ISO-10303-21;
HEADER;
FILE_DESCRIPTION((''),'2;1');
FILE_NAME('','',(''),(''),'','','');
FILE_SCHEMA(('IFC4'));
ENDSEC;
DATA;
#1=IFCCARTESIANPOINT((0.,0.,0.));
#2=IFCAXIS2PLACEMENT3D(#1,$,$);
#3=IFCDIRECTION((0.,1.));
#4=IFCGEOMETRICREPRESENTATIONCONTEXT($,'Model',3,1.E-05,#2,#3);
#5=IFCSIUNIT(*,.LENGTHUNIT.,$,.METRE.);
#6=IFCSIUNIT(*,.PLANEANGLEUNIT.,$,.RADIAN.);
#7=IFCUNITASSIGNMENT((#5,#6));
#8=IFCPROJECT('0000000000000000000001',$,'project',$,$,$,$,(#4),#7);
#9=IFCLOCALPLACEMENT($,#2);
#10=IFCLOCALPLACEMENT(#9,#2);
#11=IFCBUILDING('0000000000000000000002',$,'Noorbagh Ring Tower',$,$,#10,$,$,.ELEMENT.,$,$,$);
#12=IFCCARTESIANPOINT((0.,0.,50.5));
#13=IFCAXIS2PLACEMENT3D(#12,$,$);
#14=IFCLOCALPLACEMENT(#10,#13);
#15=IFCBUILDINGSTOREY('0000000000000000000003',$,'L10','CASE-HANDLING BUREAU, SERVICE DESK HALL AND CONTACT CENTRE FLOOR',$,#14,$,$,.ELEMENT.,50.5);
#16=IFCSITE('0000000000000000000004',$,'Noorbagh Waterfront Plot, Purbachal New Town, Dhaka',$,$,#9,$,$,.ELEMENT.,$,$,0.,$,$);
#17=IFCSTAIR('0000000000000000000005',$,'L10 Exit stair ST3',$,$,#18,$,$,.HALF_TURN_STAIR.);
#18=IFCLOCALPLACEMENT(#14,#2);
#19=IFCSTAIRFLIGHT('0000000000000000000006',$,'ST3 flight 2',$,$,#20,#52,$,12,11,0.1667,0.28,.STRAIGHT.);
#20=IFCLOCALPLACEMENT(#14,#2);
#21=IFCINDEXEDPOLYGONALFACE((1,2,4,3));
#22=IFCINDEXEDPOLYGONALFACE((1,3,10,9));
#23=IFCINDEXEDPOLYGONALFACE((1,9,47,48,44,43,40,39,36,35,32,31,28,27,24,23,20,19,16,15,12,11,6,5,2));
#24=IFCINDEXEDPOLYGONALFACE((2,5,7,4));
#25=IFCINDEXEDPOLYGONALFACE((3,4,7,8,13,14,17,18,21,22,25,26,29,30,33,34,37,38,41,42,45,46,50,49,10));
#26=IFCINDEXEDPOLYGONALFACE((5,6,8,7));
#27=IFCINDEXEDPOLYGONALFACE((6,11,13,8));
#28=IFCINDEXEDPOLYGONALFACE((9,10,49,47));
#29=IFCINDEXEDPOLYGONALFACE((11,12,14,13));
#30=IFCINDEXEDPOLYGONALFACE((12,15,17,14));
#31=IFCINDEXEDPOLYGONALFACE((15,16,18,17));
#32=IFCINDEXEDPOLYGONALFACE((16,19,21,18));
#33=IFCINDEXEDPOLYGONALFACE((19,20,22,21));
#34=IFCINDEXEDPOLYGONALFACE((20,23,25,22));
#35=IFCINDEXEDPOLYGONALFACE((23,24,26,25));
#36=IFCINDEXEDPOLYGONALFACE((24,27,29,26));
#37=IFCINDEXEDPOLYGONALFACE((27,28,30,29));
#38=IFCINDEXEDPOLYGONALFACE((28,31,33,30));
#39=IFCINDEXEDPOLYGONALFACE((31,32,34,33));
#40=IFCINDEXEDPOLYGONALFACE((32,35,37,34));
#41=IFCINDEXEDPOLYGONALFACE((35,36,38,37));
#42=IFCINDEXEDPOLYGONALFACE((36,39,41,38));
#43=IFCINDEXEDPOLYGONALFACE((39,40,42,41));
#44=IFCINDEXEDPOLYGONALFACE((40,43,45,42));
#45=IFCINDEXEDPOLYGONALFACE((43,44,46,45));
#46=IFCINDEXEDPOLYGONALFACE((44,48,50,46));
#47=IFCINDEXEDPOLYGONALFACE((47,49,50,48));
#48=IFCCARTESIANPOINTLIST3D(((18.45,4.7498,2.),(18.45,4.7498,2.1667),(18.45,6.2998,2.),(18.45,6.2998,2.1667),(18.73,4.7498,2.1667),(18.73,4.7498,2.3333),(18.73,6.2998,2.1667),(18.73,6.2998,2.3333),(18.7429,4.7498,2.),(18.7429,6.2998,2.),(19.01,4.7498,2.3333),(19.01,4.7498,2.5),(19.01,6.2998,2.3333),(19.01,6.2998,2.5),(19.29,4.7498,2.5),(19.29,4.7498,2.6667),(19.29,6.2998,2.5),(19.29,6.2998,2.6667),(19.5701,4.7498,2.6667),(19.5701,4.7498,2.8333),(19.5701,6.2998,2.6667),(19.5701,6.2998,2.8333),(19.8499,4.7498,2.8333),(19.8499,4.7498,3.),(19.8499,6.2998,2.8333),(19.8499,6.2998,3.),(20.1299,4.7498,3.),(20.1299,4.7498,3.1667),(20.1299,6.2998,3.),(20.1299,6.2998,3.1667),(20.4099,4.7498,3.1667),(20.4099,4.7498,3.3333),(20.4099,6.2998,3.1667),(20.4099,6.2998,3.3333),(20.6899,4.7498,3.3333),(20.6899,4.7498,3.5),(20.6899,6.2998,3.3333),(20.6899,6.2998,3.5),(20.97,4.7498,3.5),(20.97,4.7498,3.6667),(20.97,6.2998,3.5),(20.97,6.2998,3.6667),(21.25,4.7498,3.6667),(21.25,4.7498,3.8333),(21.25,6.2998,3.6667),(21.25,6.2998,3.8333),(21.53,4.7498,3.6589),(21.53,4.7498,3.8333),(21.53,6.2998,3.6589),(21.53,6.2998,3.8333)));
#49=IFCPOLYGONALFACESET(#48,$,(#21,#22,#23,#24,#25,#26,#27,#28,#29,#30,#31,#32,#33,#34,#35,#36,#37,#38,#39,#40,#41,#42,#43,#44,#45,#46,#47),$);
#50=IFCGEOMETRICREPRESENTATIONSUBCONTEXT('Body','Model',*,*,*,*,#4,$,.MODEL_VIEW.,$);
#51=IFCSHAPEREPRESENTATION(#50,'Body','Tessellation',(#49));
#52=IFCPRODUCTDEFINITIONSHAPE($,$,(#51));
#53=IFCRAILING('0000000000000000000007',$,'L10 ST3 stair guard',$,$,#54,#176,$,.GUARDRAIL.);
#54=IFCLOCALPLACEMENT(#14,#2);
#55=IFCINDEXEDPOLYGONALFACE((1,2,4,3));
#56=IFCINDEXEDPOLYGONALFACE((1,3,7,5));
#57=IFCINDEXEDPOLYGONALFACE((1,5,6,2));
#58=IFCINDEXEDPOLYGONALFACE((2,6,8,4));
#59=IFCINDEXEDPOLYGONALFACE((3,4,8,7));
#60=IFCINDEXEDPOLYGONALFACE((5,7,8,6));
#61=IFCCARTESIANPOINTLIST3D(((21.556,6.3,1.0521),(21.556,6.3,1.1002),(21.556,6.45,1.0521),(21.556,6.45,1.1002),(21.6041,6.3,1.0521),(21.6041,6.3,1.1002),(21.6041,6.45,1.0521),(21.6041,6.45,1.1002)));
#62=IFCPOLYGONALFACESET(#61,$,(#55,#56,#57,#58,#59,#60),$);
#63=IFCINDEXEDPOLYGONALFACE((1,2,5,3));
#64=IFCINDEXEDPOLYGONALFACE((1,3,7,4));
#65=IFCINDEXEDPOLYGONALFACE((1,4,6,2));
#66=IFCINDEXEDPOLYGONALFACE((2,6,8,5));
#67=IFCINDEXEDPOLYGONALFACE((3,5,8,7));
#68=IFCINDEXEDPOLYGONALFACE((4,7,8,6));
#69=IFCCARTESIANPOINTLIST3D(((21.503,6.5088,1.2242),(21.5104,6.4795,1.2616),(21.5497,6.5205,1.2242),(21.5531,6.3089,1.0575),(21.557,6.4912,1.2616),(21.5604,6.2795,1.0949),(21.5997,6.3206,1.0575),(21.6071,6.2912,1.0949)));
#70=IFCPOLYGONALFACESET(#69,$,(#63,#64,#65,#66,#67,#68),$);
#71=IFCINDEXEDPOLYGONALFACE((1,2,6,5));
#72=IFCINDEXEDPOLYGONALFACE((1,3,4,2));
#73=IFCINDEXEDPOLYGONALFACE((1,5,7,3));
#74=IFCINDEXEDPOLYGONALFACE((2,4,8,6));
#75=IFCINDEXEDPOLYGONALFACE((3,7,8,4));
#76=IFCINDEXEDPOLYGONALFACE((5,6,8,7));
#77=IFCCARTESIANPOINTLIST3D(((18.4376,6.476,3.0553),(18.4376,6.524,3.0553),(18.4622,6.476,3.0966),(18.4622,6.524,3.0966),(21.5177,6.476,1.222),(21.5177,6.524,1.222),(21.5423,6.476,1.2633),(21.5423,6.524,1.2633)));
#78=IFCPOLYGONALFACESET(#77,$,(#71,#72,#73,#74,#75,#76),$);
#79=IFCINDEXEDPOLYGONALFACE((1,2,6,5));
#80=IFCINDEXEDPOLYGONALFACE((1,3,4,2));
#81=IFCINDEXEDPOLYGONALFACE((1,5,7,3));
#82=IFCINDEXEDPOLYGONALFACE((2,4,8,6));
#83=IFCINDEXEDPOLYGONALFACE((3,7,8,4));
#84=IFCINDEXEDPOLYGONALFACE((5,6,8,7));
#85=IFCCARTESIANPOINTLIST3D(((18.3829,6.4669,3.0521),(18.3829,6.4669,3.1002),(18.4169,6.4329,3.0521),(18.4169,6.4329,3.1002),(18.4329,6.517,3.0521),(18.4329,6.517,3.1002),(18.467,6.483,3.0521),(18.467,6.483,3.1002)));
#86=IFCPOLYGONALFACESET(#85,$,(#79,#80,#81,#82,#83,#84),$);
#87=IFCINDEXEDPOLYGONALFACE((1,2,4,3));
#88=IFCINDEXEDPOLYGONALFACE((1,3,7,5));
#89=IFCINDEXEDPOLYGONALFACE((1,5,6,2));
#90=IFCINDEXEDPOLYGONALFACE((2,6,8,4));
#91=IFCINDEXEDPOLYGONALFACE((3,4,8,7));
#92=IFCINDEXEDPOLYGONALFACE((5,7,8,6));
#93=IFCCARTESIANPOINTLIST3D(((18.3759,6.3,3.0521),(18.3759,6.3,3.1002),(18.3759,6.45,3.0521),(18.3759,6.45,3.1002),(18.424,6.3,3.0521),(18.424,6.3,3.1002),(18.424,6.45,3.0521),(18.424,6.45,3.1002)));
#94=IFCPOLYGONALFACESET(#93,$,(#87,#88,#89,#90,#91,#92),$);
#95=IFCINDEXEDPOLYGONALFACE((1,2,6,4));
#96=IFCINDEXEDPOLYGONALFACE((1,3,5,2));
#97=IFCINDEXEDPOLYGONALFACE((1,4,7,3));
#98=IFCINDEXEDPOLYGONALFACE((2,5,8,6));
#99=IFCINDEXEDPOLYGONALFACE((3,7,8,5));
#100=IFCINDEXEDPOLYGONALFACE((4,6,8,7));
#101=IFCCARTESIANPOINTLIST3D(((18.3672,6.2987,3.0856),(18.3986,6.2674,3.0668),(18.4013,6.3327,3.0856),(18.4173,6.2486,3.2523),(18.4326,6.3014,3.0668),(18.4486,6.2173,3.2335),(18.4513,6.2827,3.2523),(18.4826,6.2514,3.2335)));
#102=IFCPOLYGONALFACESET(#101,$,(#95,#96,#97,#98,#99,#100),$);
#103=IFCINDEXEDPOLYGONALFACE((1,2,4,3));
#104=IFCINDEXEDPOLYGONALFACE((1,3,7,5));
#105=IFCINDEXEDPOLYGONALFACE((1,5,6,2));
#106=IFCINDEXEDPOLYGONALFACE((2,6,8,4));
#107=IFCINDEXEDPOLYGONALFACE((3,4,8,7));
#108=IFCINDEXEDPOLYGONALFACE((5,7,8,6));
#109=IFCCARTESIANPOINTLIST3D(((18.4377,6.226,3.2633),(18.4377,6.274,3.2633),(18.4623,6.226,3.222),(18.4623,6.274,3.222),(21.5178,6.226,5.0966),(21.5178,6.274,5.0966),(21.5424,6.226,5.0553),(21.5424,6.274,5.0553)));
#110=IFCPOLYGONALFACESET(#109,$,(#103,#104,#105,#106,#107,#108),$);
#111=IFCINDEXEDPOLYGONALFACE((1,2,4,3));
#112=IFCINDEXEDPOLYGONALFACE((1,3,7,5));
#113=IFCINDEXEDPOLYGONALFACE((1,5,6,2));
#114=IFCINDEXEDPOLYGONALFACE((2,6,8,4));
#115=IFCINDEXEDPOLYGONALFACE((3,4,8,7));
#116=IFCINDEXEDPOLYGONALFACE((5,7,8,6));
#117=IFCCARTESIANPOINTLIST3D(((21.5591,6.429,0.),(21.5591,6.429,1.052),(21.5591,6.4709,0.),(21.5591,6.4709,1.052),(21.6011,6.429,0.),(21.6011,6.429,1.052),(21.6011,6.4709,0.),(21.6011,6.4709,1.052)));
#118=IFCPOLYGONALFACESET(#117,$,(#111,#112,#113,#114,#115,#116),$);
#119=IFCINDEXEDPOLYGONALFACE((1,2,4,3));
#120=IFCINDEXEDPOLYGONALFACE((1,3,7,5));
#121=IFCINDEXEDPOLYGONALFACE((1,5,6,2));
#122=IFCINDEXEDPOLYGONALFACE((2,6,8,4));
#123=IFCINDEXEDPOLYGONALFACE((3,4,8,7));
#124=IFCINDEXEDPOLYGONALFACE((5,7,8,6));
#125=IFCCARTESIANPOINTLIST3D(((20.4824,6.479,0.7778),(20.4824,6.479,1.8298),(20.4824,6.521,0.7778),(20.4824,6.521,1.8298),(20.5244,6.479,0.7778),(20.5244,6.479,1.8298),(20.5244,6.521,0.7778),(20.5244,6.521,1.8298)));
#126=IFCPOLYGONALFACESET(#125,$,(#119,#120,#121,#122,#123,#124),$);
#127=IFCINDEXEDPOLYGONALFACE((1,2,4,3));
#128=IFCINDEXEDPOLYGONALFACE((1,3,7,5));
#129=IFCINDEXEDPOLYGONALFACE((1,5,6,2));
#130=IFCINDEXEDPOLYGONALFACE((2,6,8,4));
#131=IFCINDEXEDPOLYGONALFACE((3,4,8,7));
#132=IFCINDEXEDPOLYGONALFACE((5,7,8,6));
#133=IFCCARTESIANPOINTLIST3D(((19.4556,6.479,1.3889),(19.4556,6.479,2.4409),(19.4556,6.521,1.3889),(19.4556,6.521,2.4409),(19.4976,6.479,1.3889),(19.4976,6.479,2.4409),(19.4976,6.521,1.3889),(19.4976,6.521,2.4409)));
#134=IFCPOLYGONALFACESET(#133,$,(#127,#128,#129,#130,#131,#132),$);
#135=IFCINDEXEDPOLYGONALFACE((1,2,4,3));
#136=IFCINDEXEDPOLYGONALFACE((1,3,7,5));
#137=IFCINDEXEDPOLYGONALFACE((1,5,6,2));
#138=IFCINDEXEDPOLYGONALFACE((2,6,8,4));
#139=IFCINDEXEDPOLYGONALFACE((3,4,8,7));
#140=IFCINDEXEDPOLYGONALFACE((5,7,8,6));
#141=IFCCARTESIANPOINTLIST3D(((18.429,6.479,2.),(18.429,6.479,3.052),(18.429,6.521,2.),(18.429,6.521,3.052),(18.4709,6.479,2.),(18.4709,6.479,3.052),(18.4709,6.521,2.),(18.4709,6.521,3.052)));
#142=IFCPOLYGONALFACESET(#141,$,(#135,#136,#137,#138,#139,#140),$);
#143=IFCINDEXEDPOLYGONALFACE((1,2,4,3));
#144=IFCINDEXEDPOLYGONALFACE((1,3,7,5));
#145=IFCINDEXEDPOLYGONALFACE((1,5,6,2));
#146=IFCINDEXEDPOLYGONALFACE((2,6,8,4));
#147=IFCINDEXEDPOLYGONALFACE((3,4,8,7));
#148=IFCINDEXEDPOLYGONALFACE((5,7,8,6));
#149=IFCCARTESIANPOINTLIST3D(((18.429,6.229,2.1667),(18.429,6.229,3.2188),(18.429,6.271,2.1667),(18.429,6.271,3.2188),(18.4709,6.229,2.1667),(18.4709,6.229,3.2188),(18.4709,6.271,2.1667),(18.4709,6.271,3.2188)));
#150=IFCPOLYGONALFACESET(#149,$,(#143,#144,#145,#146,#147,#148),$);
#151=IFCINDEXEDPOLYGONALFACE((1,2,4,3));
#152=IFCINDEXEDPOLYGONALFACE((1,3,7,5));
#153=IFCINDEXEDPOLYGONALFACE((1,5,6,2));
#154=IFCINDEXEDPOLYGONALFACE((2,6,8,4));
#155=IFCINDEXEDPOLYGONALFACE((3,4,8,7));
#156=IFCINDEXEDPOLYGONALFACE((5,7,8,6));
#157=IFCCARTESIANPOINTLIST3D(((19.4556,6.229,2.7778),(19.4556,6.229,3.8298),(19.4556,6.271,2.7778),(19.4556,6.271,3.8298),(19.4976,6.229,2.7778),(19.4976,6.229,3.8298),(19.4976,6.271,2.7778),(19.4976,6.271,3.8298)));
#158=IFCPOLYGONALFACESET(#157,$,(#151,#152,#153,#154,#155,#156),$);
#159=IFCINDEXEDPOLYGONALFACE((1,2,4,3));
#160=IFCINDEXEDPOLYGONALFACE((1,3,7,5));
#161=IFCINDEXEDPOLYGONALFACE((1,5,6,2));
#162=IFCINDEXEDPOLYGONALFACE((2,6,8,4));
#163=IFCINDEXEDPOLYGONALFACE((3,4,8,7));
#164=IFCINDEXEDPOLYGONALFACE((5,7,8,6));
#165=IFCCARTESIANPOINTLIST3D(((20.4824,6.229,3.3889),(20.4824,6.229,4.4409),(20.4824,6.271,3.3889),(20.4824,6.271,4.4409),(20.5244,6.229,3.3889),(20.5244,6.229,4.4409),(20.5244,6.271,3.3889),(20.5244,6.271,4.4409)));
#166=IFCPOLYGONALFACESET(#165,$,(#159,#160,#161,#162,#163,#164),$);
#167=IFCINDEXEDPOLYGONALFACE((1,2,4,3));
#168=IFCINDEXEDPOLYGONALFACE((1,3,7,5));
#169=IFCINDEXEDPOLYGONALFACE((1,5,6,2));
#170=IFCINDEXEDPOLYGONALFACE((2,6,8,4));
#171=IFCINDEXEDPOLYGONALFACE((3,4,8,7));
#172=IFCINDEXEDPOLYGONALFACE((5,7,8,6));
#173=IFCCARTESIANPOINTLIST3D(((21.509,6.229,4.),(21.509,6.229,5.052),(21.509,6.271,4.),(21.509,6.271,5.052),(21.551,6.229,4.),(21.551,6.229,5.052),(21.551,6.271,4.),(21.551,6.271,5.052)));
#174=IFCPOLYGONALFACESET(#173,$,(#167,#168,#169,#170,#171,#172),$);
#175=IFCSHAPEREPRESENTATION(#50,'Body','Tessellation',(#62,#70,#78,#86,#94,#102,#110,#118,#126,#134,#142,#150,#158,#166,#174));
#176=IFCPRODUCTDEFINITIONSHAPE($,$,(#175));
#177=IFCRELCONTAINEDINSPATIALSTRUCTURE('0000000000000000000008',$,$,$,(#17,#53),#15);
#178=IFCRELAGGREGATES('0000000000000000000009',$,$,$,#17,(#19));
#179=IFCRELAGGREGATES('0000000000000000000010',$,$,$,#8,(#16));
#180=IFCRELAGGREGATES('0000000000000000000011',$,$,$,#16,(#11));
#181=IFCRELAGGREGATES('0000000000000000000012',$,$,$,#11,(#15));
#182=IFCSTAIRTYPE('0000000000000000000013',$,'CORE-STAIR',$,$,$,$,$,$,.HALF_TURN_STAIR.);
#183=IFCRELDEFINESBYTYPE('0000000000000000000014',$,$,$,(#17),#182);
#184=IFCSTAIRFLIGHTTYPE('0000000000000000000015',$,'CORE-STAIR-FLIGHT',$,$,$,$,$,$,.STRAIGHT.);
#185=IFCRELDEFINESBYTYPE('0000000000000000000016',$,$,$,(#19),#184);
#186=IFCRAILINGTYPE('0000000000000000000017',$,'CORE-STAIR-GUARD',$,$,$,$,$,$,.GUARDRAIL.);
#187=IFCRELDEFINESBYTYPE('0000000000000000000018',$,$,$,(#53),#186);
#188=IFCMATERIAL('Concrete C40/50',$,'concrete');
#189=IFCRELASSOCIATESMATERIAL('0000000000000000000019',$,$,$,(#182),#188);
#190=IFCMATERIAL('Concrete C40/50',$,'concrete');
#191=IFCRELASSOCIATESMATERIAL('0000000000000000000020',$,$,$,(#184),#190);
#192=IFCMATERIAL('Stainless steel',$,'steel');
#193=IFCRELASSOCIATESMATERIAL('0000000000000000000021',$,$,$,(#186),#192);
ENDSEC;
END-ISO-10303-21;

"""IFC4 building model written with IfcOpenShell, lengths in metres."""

from ifc_helpers import new_model, si_unit, direction, frame, origin, origin_2d, place, context, subcontext, project, spatial, polyline, rectangle, outline, extrude, material, type_object, element, aggregate, save


model = new_model("IFC4")

# Units and contexts
model_context = context("Model", 3, precision=1e-05, world=origin(), true_north=direction((0.0, 1.0)))
body_context = subcontext(model_context, "Body", "Model", "MODEL_VIEW")
ifc_project = project(units=[si_unit("LENGTHUNIT", "METRE"), si_unit("PLANEANGLEUNIT", "RADIAN")], contexts=[model_context])

# Site, building, storey
site_placement = place(None, origin())
site = spatial("IfcSite", under=ifc_project, at=site_placement, Name="Noorbagh Waterfront Plot, Purbachal New Town, Dhaka", CompositionType="ELEMENT", RefElevation=0.0)
building_placement = place(site_placement, origin())
building = spatial("IfcBuilding", under=site, at=building_placement, Name="Noorbagh Ring Tower", CompositionType="ELEMENT")
storey_placement = place(building_placement, frame((0.0, 0.0, 50.5)))
storey = spatial("IfcBuildingStorey", under=building, at=storey_placement, Name="L10", Description="CASE-HANDLING BUREAU, SERVICE DESK HALL AND CONTACT CENTRE FLOOR", CompositionType="ELEMENT", Elevation=50.5)

# Stair, stair flight
ifc_material_1 = material(Name="Concrete C40/50", Category="concrete")
stair_type = type_object("IfcStairType", Name="CORE-STAIR", PredefinedType="HALF_TURN_STAIR", material=ifc_material_1)
stair_placement = place(storey_placement, origin())
stair = element("IfcStair", 1, at=stair_placement, inside=storey, type_object=stair_type, Name="L10 Exit stair ST3", PredefinedType="HALF_TURN_STAIR")
ifc_material_2 = material(Name="Concrete C40/50", Category="concrete")
stair_flight_type = type_object("IfcStairFlightType", Name="CORE-STAIR-FLIGHT", PredefinedType="STRAIGHT", material=ifc_material_2)
stair_flight_1_placement = place(storey_placement, frame((18.45, 5.5249, 2.0), z_axis=(0.0, 0.0, 1.0), x_axis=(1.0, 0.0, 0.0)))
stair_flight_1 = element("IfcStairFlight", 2, at=stair_flight_1_placement, type_object=stair_flight_type, Name="ST3 flight 2", NumberOfRisers=12, NumberOfTreads=11, PredefinedType="STRAIGHT", RiserHeight=0.1667, TreadLength=0.28, context=body_context, shape_type="SweptSolid", body=[
    extrude(outline(polyline([(0.0, 0.0), (0.0, 0.1667), (0.28, 0.1667), (0.28, 0.3333), (0.5601, 0.3333), (0.5601, 0.5), (0.8401, 0.5), (0.8401, 0.6667), (1.1201, 0.6667), (1.1201, 0.8333), (1.3999, 0.8333), (1.3999, 1.0), (1.6799, 1.0), (1.6799, 1.1667), (1.96, 1.1667), (1.96, 1.3333), (2.24, 1.3333), (2.24, 1.5), (2.52, 1.5), (2.52, 1.6667), (2.8, 1.6667), (2.8, 1.8333), (3.0801, 1.8333), (3.0801, 2.0), (3.0801, 1.6589), (0.293, 0.0), (0.0, 0.0)])), frame((0.0, 0.7749, 0.0), z_axis=(0.0, -1.0, 0.0), x_axis=(1.0, 0.0, 0.0)), (0.0, 0.0, 1.0), 1.55),
])
aggregate(stair, [stair_flight_1])

# Railing
ifc_material_3 = material(Name="Stainless steel", Category="steel")
railing_type_1 = type_object("IfcRailingType", Name="CORE-STAIR-GUARD", PredefinedType="GUARDRAIL", material=ifc_material_3)
railing_1_placement = place(storey_placement, frame((21.5801, 6.45, 0.0)))
element("IfcRailing", 3, at=railing_1_placement, inside=storey, type_object=railing_type_1, Name="L10 ST3 stair guard", PredefinedType="GUARDRAIL", context=body_context, shape_type="SweptSolid", body=[
    extrude(rectangle(XDim=0.0481, YDim=0.0481, at=origin_2d()), frame((0.0, 0.0, 1.0762), z_axis=(0.0, -1.0, 0.0), x_axis=(1.0, 0.0, 0.0)), (0.0, 0.0, 1.0), 0.1499),
    extrude(rectangle(XDim=0.0481, YDim=0.0481, at=origin_2d()), frame((0.0, -0.1499, 1.0762), z_axis=(-0.188776, 0.754182, 0.628946), x_axis=(-0.970073, -0.242814, 0.0)), (0.0, 0.0, 1.0), 0.2651),
    extrude(rectangle(XDim=0.0481, YDim=0.0481, at=origin_2d()), frame((-0.05, 0.05, 1.2427), z_axis=(-0.859309, 0.0, 0.511458), x_axis=(0.0, -1.0, 0.0)), (0.0, 0.0, 1.0), 3.5845),
    extrude(rectangle(XDim=0.0481, YDim=0.0481, at=origin_2d()), frame((-3.1301, 0.05, 3.0762), z_axis=(-0.707107, -0.707107, 0.0), x_axis=(0.707107, -0.707107, 0.0)), (0.0, 0.0, 1.0), 0.0708),
    extrude(rectangle(XDim=0.0481, YDim=0.0481, at=origin_2d()), frame((-3.1802, 0.0, 3.0762), z_axis=(0.0, -1.0, 0.0), x_axis=(1.0, 0.0, 0.0)), (0.0, 0.0, 1.0), 0.1499),
    extrude(rectangle(XDim=0.0481, YDim=0.0481, at=origin_2d()), frame((-3.1802, -0.1499, 3.0762), z_axis=(0.276287, -0.276287, 0.920506), x_axis=(0.707107, 0.707107, 0.0)), (0.0, 0.0, 1.0), 0.1812),
    extrude(rectangle(XDim=0.0481, YDim=0.0481, at=origin_2d()), frame((-3.1301, -0.2, 3.2427), z_axis=(0.859309, 0.0, 0.511458), x_axis=(0.0, 1.0, 0.0)), (0.0, 0.0, 1.0), 3.5845),
    extrude(rectangle(XDim=0.042, YDim=0.042, at=origin_2d()), origin(), (0.0, 0.0, 1.0), 1.052),
    extrude(rectangle(XDim=0.042, YDim=0.042, at=origin_2d()), frame((-1.0767, 0.05, 0.7778)), (0.0, 0.0, 1.0), 1.052),
    extrude(rectangle(XDim=0.042, YDim=0.042, at=origin_2d()), frame((-2.1035, 0.05, 1.3889)), (0.0, 0.0, 1.0), 1.052),
    extrude(rectangle(XDim=0.042, YDim=0.042, at=origin_2d()), frame((-3.1301, 0.05, 2.0)), (0.0, 0.0, 1.0), 1.052),
    extrude(rectangle(XDim=0.042, YDim=0.042, at=origin_2d()), frame((-3.1301, -0.2, 2.1667)), (0.0, 0.0, 1.0), 1.052),
    extrude(rectangle(XDim=0.042, YDim=0.042, at=origin_2d()), frame((-2.1035, -0.2, 2.7778)), (0.0, 0.0, 1.0), 1.052),
    extrude(rectangle(XDim=0.042, YDim=0.042, at=origin_2d()), frame((-1.0767, -0.2, 3.3889)), (0.0, 0.0, 1.0), 1.052),
    extrude(rectangle(XDim=0.042, YDim=0.042, at=origin_2d()), frame((-0.05, -0.2, 4.0)), (0.0, 0.0, 1.0), 1.052),
])

save(model, "model.ifc")
